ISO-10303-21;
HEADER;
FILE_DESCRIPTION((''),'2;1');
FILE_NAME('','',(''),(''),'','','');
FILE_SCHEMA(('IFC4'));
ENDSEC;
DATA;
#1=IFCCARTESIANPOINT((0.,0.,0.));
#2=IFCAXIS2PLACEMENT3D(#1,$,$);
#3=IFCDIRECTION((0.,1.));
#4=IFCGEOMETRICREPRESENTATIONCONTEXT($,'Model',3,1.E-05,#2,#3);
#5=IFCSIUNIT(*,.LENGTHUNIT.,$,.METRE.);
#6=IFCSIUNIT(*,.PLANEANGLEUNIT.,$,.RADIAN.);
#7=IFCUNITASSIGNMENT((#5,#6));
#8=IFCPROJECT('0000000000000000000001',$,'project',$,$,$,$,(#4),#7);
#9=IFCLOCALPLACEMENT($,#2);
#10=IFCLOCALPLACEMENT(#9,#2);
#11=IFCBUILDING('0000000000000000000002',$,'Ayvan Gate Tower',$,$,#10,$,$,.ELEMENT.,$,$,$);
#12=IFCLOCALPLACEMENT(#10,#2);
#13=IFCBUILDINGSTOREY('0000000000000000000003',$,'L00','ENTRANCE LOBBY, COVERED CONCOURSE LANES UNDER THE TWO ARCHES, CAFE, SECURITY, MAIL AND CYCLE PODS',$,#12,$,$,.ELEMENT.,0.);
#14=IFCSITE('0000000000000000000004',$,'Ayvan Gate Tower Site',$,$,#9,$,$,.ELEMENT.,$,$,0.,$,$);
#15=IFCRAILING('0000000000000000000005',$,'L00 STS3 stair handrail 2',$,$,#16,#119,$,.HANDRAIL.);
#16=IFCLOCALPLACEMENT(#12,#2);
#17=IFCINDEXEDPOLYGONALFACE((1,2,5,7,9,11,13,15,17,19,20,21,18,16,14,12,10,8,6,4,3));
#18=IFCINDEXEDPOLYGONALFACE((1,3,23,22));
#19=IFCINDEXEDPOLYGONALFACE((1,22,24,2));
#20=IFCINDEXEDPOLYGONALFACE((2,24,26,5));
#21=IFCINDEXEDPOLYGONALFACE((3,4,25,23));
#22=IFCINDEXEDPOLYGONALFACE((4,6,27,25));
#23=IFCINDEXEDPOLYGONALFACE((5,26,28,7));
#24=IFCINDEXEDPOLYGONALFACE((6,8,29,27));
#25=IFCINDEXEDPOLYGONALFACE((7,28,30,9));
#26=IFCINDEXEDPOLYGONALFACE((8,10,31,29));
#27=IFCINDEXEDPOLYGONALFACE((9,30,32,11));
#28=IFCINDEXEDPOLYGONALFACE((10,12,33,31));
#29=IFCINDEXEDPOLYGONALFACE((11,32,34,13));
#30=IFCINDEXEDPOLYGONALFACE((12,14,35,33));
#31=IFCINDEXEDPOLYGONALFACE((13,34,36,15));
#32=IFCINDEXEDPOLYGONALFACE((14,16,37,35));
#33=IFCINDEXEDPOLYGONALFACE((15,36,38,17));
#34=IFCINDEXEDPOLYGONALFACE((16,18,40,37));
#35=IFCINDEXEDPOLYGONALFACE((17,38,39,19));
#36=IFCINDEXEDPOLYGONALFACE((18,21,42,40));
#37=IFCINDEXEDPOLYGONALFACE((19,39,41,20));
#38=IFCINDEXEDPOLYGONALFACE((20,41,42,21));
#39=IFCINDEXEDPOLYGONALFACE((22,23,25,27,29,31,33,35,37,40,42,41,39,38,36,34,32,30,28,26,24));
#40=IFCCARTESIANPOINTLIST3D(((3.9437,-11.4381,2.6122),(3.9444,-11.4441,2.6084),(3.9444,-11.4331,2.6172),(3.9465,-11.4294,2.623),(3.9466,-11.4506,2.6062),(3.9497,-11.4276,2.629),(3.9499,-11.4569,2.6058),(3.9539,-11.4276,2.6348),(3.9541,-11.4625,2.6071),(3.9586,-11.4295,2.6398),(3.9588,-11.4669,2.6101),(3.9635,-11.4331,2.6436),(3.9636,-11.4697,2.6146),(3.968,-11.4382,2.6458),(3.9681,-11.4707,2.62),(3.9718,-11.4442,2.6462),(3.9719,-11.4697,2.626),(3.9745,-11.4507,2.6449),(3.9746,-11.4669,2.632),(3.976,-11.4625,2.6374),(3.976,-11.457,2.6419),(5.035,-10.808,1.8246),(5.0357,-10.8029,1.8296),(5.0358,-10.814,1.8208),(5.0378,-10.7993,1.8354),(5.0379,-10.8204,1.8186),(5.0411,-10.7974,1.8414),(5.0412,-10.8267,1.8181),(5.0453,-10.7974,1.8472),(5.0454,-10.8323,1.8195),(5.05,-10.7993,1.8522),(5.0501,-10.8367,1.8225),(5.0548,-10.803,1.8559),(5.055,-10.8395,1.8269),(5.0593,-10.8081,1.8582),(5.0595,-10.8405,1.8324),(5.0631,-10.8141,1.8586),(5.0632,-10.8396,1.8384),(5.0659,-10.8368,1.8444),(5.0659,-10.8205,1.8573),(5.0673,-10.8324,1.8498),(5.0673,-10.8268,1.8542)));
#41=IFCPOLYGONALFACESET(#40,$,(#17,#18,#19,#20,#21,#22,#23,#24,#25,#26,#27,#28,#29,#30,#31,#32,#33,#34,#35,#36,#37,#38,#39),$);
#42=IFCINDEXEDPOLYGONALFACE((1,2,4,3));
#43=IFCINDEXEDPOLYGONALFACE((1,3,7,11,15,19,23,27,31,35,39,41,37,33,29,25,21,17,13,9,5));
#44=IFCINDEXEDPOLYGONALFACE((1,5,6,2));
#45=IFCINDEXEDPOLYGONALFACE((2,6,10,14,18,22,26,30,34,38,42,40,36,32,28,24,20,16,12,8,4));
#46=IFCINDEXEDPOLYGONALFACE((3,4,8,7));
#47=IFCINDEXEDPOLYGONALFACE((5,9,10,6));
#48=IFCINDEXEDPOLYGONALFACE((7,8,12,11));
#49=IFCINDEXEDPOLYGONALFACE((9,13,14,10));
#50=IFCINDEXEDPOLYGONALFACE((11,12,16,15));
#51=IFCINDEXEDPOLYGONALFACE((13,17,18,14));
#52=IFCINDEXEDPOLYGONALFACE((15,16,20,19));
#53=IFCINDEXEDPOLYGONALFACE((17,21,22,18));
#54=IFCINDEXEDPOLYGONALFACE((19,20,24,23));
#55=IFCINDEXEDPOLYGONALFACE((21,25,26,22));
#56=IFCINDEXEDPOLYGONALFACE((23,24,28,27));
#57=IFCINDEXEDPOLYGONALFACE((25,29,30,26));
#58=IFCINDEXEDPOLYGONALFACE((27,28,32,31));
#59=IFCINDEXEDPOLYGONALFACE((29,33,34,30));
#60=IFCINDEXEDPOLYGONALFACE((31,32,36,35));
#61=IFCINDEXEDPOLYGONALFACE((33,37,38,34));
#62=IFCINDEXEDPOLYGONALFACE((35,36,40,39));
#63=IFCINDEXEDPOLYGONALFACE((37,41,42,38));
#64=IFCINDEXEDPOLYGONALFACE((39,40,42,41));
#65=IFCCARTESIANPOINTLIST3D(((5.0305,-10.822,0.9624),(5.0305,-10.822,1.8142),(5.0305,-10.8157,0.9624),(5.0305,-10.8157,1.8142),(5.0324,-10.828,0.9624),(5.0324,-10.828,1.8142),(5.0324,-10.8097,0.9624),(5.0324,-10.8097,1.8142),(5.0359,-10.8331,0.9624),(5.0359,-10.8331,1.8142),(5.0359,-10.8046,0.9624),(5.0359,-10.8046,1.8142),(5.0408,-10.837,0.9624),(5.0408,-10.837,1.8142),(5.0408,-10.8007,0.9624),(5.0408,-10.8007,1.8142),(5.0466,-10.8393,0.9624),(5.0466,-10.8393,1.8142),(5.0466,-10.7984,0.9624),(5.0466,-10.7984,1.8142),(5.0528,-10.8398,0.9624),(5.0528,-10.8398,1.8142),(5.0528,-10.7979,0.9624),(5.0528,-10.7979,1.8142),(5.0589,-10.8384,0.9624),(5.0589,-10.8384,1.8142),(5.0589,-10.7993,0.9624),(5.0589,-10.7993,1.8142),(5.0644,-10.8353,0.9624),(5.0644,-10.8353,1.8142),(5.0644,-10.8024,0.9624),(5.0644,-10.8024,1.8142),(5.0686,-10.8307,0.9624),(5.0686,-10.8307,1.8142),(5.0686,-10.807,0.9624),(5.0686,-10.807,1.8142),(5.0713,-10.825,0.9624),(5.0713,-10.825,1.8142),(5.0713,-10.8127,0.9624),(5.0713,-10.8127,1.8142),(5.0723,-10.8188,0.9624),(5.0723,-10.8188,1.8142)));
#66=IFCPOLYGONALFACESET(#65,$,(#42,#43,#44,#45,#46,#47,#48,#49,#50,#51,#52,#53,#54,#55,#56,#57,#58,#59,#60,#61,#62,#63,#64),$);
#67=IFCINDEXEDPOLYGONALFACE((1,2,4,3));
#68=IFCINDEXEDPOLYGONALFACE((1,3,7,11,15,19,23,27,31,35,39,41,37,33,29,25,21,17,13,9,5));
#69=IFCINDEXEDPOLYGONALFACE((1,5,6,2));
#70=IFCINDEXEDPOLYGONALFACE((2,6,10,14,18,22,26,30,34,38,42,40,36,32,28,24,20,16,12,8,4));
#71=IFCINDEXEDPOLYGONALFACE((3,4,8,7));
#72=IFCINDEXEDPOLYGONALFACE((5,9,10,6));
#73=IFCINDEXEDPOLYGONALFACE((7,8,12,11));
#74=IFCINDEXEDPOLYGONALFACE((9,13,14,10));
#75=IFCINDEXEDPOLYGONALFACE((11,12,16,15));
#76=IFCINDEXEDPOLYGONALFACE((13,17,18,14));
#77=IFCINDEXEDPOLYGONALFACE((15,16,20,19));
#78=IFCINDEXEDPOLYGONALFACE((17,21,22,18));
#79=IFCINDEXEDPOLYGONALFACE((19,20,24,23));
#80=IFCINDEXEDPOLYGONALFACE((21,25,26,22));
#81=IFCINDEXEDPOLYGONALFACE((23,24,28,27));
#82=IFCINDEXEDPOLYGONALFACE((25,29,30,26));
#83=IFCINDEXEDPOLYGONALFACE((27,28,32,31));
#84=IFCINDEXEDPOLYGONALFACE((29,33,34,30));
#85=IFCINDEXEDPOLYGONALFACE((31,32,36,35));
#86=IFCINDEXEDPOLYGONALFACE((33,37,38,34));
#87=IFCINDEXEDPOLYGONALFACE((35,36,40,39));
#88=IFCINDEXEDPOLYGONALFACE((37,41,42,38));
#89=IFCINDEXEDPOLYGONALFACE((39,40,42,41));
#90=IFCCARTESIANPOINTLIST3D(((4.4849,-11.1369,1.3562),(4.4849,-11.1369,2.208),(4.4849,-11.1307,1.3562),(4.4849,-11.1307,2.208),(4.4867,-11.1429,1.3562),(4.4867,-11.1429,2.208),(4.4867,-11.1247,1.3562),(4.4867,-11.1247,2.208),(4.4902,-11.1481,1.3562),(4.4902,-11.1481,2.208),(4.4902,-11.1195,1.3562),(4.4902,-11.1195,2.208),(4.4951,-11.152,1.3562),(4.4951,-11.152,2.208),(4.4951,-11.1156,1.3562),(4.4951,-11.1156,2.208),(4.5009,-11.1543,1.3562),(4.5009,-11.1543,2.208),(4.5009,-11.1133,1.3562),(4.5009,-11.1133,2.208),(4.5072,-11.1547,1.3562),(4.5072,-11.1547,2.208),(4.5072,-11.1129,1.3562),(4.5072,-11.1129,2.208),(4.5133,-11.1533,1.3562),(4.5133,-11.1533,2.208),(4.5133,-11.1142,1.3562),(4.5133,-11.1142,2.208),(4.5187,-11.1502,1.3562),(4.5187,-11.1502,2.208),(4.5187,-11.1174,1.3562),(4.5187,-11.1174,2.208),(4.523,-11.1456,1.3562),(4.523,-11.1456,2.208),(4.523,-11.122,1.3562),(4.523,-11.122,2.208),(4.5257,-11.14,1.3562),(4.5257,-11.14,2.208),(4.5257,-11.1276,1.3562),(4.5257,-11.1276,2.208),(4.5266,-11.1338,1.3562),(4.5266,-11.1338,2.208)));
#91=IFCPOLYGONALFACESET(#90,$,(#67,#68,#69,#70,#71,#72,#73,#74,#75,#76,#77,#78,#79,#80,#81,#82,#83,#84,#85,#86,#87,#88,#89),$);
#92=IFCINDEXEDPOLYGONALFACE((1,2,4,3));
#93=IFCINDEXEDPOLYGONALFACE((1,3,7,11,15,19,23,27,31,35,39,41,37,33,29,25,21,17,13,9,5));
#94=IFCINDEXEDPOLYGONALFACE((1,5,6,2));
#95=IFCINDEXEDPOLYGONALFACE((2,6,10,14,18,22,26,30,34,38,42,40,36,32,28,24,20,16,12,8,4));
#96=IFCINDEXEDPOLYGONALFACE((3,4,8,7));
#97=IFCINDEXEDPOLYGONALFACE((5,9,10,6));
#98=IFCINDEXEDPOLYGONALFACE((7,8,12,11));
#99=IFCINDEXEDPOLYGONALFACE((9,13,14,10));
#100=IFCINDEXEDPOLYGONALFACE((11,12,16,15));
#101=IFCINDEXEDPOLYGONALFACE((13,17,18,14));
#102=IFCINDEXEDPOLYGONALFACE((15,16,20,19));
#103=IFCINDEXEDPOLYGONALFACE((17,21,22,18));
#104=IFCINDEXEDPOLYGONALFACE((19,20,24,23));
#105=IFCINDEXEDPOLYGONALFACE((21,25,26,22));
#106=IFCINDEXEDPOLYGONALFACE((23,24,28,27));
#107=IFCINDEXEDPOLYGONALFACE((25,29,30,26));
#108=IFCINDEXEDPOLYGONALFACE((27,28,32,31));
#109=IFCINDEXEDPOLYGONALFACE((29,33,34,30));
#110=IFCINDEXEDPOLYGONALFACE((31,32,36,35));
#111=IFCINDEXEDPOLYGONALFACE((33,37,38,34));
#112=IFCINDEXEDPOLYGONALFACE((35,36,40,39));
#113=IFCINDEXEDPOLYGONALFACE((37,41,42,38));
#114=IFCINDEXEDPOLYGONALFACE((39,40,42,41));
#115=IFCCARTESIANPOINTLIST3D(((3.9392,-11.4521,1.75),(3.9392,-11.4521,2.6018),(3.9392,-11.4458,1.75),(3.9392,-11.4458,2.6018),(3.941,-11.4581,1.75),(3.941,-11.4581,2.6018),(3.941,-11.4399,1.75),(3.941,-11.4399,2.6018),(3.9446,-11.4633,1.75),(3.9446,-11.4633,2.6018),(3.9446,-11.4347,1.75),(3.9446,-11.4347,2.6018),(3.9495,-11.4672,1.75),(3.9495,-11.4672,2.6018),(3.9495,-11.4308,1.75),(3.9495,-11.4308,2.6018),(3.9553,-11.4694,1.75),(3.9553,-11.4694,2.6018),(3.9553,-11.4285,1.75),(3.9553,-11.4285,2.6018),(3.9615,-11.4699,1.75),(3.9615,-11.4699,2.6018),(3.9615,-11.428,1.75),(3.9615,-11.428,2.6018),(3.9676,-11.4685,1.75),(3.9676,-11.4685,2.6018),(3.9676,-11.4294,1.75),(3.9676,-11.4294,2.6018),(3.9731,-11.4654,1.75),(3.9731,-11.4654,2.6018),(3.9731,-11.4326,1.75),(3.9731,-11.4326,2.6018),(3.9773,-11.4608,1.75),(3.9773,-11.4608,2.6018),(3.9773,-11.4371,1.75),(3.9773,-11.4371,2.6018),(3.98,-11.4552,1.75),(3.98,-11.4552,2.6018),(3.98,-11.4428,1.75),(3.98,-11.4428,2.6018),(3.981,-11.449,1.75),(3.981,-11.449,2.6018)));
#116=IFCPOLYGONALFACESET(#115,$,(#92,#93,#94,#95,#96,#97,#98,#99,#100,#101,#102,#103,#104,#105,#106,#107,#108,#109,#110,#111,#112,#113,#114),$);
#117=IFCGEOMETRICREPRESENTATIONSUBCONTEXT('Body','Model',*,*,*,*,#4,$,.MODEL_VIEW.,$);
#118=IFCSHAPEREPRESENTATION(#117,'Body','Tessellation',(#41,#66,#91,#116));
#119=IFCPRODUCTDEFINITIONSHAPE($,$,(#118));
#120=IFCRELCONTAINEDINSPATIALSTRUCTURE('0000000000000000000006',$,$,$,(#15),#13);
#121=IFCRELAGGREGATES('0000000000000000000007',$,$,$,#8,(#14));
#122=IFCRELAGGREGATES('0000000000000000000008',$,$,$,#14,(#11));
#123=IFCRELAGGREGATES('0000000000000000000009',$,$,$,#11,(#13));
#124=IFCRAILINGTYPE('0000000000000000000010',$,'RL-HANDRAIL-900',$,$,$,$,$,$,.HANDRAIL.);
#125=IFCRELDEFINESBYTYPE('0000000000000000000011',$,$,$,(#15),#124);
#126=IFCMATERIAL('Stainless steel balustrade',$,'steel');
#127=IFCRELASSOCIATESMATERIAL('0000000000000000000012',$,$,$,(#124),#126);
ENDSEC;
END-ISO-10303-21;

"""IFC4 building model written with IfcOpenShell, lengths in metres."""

from ifc_helpers import new_model, si_unit, direction, frame, origin, origin_2d, place, context, subcontext, project, spatial, circle, extrude, material, type_object, element, save


model = new_model("IFC4")

# Units and contexts
model_context = context("Model", 3, precision=1e-05, world=origin(), true_north=direction((0.0, 1.0)))
body_context = subcontext(model_context, "Body", "Model", "MODEL_VIEW")
ifc_project = project(units=[si_unit("LENGTHUNIT", "METRE"), si_unit("PLANEANGLEUNIT", "RADIAN")], contexts=[model_context])

# Site, building, storey
site_placement = place(None, origin())
site = spatial("IfcSite", under=ifc_project, at=site_placement, Name="Ayvan Gate Tower Site", CompositionType="ELEMENT", RefElevation=0.0)
building_placement = place(site_placement, origin())
building = spatial("IfcBuilding", under=site, at=building_placement, Name="Ayvan Gate Tower", CompositionType="ELEMENT")
storey_placement = place(building_placement, origin())
storey = spatial("IfcBuildingStorey", under=building, at=storey_placement, Name="L00", Description="ENTRANCE LOBBY, COVERED CONCOURSE LANES UNDER THE TWO ARCHES, CAFE, SECURITY, MAIL AND CYCLE PODS", CompositionType="ELEMENT", Elevation=0.0)

# Railing
ifc_material_1 = material(Name="Stainless steel balustrade", Category="steel")
railing_type_1 = type_object("IfcRailingType", Name="RL-HANDRAIL-900", PredefinedType="HANDRAIL", material=ifc_material_1)
railing_1_placement = place(storey_placement, frame((5.0513, -10.8188, 0.9624)))
element("IfcRailing", 1, at=railing_1_placement, inside=storey, type_object=railing_type_1, Name="L00 STS3 stair handrail 2", PredefinedType="HANDRAIL", context=body_context, shape_type="SweptSolid", body=[
    extrude(circle(Radius=0.0239, at=origin_2d()), frame((0.0, 0.0, 0.876), z_axis=(-0.734372, -0.42403, 0.529996), x_axis=(0.500035, -0.866005, 0.0)), (0.0, 0.0, 1.0), 1.4861),
    extrude(circle(Radius=0.021, at=origin_2d()), origin(), (0.0, 0.0, 1.0), 0.8518),
    extrude(circle(Radius=0.021, at=origin_2d()), frame((-0.5457, -0.3149, 0.3938)), (0.0, 0.0, 1.0), 0.8518),
    extrude(circle(Radius=0.021, at=origin_2d()), frame((-1.0913, -0.6301, 0.7876)), (0.0, 0.0, 1.0), 0.8518),
])

save(model, "model.ifc")
